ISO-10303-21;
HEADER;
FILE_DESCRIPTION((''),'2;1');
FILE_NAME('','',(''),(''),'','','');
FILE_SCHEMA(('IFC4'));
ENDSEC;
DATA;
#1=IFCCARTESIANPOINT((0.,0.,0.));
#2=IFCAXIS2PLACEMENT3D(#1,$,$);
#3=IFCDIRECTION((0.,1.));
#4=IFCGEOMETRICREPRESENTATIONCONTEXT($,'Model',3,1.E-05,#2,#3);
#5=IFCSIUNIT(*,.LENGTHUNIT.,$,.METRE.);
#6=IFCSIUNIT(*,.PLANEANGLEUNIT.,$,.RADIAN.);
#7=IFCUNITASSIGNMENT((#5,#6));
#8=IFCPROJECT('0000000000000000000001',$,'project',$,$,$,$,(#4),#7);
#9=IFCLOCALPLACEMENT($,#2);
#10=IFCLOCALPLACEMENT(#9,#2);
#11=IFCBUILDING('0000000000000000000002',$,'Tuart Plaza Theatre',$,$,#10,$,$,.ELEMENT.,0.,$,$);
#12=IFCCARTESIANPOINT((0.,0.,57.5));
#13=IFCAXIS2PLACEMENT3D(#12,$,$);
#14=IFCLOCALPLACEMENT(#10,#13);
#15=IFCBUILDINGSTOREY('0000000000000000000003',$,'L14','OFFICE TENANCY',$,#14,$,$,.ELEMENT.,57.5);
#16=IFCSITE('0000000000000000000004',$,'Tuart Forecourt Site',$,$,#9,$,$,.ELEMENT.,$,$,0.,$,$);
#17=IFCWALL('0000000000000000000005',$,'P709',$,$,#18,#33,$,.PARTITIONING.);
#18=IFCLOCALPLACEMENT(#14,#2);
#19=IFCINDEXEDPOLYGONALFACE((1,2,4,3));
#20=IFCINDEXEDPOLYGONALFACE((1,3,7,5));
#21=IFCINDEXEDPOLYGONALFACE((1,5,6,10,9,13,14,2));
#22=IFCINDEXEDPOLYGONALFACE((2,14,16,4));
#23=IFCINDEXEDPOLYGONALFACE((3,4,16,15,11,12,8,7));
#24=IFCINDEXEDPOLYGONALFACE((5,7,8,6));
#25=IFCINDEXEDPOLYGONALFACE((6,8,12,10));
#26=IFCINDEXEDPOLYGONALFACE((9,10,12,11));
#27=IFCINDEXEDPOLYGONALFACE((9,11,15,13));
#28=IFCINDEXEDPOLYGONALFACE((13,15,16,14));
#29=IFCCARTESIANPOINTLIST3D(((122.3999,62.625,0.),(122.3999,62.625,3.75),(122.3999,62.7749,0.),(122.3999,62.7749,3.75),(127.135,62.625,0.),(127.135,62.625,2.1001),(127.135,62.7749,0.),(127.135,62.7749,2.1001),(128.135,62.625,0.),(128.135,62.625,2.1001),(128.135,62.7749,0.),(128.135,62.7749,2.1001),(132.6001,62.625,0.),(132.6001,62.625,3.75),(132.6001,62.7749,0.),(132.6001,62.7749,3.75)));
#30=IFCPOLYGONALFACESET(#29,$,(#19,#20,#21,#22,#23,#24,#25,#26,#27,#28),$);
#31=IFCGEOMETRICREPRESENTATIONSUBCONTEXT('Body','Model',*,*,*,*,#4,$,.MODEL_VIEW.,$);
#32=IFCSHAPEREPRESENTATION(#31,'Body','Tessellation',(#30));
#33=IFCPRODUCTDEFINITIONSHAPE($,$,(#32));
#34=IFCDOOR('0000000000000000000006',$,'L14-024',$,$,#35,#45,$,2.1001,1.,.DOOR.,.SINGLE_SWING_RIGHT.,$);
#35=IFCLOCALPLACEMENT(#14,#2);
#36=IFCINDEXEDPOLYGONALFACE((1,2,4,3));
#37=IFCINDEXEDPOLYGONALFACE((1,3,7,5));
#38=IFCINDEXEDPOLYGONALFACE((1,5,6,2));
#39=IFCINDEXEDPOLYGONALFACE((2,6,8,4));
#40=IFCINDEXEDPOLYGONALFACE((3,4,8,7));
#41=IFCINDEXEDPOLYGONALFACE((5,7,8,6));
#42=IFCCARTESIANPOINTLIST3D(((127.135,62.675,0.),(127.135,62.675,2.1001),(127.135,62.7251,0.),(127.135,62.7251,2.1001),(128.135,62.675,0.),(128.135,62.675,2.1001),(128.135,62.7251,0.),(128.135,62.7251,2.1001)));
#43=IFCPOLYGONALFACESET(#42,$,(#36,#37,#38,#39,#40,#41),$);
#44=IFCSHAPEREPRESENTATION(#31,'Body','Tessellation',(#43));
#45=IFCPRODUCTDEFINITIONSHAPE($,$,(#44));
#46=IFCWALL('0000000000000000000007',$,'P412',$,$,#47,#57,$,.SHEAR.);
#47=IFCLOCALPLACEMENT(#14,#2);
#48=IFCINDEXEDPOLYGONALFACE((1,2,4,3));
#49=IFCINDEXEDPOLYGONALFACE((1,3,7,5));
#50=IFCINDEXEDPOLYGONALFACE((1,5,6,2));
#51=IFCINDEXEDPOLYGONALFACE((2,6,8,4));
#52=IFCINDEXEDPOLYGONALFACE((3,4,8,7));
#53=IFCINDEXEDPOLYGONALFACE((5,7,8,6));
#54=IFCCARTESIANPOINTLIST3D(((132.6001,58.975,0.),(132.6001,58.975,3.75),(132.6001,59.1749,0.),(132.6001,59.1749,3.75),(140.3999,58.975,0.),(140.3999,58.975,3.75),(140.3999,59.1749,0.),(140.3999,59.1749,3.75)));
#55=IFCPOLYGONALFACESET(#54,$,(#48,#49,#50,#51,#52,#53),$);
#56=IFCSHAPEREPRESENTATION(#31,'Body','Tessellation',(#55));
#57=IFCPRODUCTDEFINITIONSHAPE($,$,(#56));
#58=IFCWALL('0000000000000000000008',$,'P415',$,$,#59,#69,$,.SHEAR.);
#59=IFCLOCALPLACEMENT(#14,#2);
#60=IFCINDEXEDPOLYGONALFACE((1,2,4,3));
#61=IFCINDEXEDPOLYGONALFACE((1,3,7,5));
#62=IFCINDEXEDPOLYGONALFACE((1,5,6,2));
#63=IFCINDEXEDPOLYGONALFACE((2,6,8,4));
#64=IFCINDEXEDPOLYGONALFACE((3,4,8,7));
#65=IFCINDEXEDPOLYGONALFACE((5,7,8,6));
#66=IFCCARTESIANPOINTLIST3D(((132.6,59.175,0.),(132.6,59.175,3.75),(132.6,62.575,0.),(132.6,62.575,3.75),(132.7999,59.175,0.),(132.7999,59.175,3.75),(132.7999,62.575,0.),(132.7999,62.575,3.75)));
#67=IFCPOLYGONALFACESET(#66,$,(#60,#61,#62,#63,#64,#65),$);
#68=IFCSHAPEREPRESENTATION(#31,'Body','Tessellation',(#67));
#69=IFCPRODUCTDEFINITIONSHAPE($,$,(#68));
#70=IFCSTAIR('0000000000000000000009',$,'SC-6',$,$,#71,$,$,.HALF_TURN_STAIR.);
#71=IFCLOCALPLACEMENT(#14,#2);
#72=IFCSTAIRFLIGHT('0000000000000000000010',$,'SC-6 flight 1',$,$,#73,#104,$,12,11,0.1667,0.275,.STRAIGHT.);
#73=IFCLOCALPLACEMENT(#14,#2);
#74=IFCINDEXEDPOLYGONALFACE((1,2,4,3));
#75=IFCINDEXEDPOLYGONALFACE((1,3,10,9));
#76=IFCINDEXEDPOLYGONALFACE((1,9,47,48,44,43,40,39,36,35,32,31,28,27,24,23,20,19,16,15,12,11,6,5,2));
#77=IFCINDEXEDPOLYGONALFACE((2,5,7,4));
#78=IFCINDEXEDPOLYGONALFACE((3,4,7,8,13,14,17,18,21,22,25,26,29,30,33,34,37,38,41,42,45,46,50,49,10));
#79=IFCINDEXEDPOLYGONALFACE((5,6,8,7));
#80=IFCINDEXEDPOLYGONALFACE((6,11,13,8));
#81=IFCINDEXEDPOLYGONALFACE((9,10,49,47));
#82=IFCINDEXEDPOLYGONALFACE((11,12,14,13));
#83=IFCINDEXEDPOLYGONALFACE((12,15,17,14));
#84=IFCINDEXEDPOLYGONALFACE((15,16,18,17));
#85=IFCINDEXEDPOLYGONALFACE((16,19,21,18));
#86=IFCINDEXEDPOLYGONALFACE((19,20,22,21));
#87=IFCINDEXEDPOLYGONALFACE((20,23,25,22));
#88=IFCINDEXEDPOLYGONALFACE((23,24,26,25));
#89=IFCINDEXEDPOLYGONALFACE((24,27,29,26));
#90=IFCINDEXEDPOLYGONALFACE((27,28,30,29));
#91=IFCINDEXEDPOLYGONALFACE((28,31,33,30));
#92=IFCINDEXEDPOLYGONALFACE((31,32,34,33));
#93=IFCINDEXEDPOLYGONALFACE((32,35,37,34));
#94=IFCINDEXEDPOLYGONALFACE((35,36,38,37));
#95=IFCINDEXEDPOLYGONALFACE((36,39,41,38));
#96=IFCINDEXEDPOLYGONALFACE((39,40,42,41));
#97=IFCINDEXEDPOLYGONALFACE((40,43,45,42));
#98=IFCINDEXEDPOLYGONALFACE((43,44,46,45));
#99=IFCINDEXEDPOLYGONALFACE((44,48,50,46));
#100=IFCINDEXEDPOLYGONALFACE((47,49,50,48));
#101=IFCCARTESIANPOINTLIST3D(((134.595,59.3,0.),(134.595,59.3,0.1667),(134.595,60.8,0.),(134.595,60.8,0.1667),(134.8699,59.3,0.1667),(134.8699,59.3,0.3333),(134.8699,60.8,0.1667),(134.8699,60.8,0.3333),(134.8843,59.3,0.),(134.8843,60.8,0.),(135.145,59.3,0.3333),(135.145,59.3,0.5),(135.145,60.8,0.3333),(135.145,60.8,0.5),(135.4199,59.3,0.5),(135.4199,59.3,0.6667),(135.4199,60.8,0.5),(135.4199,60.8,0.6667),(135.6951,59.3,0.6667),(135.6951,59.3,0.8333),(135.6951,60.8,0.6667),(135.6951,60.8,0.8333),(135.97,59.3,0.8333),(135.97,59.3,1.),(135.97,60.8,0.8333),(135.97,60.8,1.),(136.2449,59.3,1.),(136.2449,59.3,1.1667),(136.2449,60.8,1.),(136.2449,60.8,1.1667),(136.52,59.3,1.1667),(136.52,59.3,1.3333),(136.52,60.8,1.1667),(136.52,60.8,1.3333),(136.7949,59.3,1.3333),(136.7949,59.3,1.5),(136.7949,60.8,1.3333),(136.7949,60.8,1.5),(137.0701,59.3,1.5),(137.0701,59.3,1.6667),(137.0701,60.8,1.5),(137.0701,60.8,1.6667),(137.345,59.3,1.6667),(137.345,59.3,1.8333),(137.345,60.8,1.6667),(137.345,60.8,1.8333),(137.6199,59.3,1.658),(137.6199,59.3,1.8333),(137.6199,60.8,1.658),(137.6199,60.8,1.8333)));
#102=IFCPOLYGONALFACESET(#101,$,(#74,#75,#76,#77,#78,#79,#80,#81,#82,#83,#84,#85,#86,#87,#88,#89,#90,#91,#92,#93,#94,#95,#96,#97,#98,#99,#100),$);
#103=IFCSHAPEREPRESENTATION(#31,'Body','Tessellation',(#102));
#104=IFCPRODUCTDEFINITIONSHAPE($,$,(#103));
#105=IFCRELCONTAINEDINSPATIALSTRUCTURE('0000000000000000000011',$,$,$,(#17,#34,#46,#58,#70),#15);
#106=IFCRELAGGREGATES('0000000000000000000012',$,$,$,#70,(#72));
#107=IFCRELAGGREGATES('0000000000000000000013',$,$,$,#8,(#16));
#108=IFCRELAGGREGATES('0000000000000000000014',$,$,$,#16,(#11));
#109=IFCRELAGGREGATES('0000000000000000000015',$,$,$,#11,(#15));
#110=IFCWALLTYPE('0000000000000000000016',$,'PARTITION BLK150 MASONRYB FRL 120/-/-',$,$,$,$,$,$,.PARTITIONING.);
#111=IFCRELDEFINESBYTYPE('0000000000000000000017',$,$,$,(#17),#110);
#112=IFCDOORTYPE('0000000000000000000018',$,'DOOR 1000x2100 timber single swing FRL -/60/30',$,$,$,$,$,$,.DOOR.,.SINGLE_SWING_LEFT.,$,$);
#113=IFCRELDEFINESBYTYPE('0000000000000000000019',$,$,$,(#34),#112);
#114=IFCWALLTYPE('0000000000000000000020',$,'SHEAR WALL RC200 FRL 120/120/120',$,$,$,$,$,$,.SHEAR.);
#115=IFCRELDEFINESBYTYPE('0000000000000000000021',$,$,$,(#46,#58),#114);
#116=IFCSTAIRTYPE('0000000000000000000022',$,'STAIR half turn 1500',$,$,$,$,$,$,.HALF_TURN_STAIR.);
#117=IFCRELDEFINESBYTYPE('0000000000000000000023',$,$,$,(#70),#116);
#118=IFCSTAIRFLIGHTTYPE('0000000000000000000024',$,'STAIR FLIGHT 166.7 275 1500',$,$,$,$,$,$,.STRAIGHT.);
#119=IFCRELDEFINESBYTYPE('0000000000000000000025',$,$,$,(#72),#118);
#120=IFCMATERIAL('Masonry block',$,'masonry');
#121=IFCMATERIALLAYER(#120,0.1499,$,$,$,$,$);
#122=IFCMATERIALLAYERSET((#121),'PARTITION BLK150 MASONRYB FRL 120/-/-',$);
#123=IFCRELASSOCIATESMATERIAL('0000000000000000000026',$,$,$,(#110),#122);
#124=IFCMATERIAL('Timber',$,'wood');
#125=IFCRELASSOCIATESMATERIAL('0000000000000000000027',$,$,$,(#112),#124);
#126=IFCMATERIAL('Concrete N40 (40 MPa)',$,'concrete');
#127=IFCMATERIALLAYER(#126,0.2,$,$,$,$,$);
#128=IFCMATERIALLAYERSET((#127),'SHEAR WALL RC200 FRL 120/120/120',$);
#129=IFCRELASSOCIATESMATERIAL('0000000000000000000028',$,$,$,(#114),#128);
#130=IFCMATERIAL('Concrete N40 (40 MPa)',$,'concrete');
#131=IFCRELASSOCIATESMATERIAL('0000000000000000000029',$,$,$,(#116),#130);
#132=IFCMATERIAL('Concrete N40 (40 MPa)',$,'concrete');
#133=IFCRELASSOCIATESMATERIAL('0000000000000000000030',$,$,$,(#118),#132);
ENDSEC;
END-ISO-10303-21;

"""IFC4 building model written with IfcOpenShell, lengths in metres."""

from ifc_helpers import new_model, si_unit, direction, frame, frame_2d, origin, place, context, subcontext, project, spatial, polyline, rectangle, outline, extrude, material, layer, layer_set, type_object, element, fill, aggregate, save


model = new_model("IFC4")

# Units and contexts
model_context = context("Model", 3, precision=1e-05, world=origin(), true_north=direction((0.0, 1.0)))
body_context = subcontext(model_context, "Body", "Model", "MODEL_VIEW")
ifc_project = project(units=[si_unit("LENGTHUNIT", "METRE"), si_unit("PLANEANGLEUNIT", "RADIAN")], contexts=[model_context])

# Site, building, storey
site_placement = place(None, origin())
site = spatial("IfcSite", under=ifc_project, at=site_placement, Name="Tuart Forecourt Site", CompositionType="ELEMENT", RefElevation=0.0)
building_placement = place(site_placement, origin())
building = spatial("IfcBuilding", under=site, at=building_placement, Name="Tuart Plaza Theatre", CompositionType="ELEMENT", ElevationOfRefHeight=0.0)
storey_placement = place(building_placement, frame((0.0, 0.0, 57.5)))
storey = spatial("IfcBuildingStorey", under=building, at=storey_placement, Name="L14", Description="OFFICE TENANCY", CompositionType="ELEMENT", Elevation=57.5)

# Wall, opening, door
ifc_material_1 = material(Name="Masonry block", Category="masonry")
ifc_layer_1 = layer(ifc_material_1, 0.1499)
ifc_layer_set_1 = layer_set([ifc_layer_1], Name="PARTITION BLK150 MASONRYB FRL 120/-/-")
wall_type_1 = type_object("IfcWallType", Name="PARTITION BLK150 MASONRYB FRL 120/-/-", PredefinedType="PARTITIONING", material=ifc_layer_set_1)
wall_1_placement = place(storey_placement, frame((132.6001, 62.7, 0.0), z_axis=(0.0, 0.0, 1.0), x_axis=(-1.0, 0.0, 0.0)))
wall_1 = element("IfcWall", 1, at=wall_1_placement, inside=storey, type_object=wall_type_1, Name="P709", PredefinedType="PARTITIONING", context=body_context, shape_type="SweptSolid", body=[
    extrude(rectangle(XDim=10.2002, YDim=0.1499, at=frame_2d((5.1001, 0.0))), origin(), (0.0, 0.0, 1.0), 3.75),
])
opening_placement = place(wall_1_placement, frame((4.4651, 0.0, 0.0)))
opening = element("IfcOpeningElement", 2, at=opening_placement, cuts=wall_1, PredefinedType="OPENING", context=body_context, shape_type="SweptSolid", body=[
    extrude(rectangle(XDim=1.0, YDim=2.1001, at=frame_2d((0.5, 1.05))), frame((0.0, 0.085, 0.0), z_axis=(0.0, -1.0, 0.0), x_axis=(1.0, 0.0, 0.0)), (0.0, 0.0, 1.0), 0.1699),
])
ifc_material_2 = material(Name="Timber", Category="wood")
door_type = type_object("IfcDoorType", Name="DOOR 1000x2100 timber single swing FRL -/60/30", OperationType="SINGLE_SWING_LEFT", PredefinedType="DOOR", material=ifc_material_2)
door_placement = place(opening_placement, origin())
door = element("IfcDoor", 3, at=door_placement, inside=storey, type_object=door_type, Name="L14-024", OperationType="SINGLE_SWING_RIGHT", OverallHeight=2.1001, OverallWidth=1.0, PredefinedType="DOOR", context=body_context, shape_type="SweptSolid", body=[
    extrude(rectangle(XDim=1.0, YDim=2.1001, at=frame_2d((0.5, 1.05))), frame((0.0, 0.0249, 0.0), z_axis=(0.0, -1.0, 0.0), x_axis=(1.0, 0.0, 0.0)), (0.0, 0.0, 1.0), 0.05),
])
fill(opening, door)

# Walls
ifc_material_3 = material(Name="Concrete N40 (40 MPa)", Category="concrete")
ifc_layer_2 = layer(ifc_material_3, 0.2)
ifc_layer_set_2 = layer_set([ifc_layer_2], Name="SHEAR WALL RC200 FRL 120/120/120")
wall_type_2 = type_object("IfcWallType", Name="SHEAR WALL RC200 FRL 120/120/120", PredefinedType="SHEAR", material=ifc_layer_set_2)
wall_2_placement = place(storey_placement, frame((132.6001, 59.075, 0.0), z_axis=(0.0, 0.0, 1.0), x_axis=(1.0, 0.0, 0.0)))
element("IfcWall", 4, at=wall_2_placement, inside=storey, type_object=wall_type_2, Name="P412", PredefinedType="SHEAR", context=body_context, shape_type="SweptSolid", body=[
    extrude(rectangle(XDim=7.7998, YDim=0.2, at=frame_2d((3.8999, 0.0))), origin(), (0.0, 0.0, 1.0), 3.75),
])
wall_3_placement = place(storey_placement, frame((132.7, 62.575, 0.0), z_axis=(0.0, 0.0, 1.0), x_axis=(0.0, -1.0, 0.0)))
element("IfcWall", 5, at=wall_3_placement, inside=storey, type_object=wall_type_2, Name="P415", PredefinedType="SHEAR", context=body_context, shape_type="SweptSolid", body=[
    extrude(rectangle(XDim=3.3999, YDim=0.2, at=frame_2d((1.7, 0.0))), origin(), (0.0, 0.0, 1.0), 3.75),
])

# Stair, stair flight
ifc_material_4 = material(Name="Concrete N40 (40 MPa)", Category="concrete")
stair_type = type_object("IfcStairType", Name="STAIR half turn 1500", PredefinedType="HALF_TURN_STAIR", material=ifc_material_4)
stair_placement = place(storey_placement, origin())
stair = element("IfcStair", 6, at=stair_placement, inside=storey, type_object=stair_type, Name="SC-6", PredefinedType="HALF_TURN_STAIR")
ifc_material_5 = material(Name="Concrete N40 (40 MPa)", Category="concrete")
stair_flight_type = type_object("IfcStairFlightType", Name="STAIR FLIGHT 166.7 275 1500", PredefinedType="STRAIGHT", material=ifc_material_5)
stair_flight_placement = place(storey_placement, frame((134.595, 60.05, 0.0), z_axis=(0.0, 0.0, 1.0), x_axis=(1.0, 0.0, 0.0)))
stair_flight = element("IfcStairFlight", 7, at=stair_flight_placement, type_object=stair_flight_type, Name="SC-6 flight 1", NumberOfRisers=12, NumberOfTreads=11, PredefinedType="STRAIGHT", RiserHeight=0.1667, TreadLength=0.275, context=body_context, shape_type="SweptSolid", body=[
    extrude(outline(polyline([(0.0, 0.0), (0.0, 0.1667), (0.2749, 0.1667), (0.2749, 0.3333), (0.55, 0.3333), (0.55, 0.5), (0.825, 0.5), (0.825, 0.6667), (1.1001, 0.6667), (1.1001, 0.8333), (1.375, 0.8333), (1.375, 1.0), (1.6499, 1.0), (1.6499, 1.1667), (1.925, 1.1667), (1.925, 1.3333), (2.2, 1.3333), (2.2, 1.5), (2.4751, 1.5), (2.4751, 1.6667), (2.75, 1.6667), (2.75, 1.8333), (3.0249, 1.8333), (3.0249, 2.0), (3.0249, 1.658), (0.2893, 0.0), (0.0, 0.0)])), frame((0.0, 0.75, 0.0), z_axis=(0.0, -1.0, 0.0), x_axis=(1.0, 0.0, 0.0)), (0.0, 0.0, 1.0), 1.5),
])
aggregate(stair, [stair_flight])

save(model, "model.ifc")
